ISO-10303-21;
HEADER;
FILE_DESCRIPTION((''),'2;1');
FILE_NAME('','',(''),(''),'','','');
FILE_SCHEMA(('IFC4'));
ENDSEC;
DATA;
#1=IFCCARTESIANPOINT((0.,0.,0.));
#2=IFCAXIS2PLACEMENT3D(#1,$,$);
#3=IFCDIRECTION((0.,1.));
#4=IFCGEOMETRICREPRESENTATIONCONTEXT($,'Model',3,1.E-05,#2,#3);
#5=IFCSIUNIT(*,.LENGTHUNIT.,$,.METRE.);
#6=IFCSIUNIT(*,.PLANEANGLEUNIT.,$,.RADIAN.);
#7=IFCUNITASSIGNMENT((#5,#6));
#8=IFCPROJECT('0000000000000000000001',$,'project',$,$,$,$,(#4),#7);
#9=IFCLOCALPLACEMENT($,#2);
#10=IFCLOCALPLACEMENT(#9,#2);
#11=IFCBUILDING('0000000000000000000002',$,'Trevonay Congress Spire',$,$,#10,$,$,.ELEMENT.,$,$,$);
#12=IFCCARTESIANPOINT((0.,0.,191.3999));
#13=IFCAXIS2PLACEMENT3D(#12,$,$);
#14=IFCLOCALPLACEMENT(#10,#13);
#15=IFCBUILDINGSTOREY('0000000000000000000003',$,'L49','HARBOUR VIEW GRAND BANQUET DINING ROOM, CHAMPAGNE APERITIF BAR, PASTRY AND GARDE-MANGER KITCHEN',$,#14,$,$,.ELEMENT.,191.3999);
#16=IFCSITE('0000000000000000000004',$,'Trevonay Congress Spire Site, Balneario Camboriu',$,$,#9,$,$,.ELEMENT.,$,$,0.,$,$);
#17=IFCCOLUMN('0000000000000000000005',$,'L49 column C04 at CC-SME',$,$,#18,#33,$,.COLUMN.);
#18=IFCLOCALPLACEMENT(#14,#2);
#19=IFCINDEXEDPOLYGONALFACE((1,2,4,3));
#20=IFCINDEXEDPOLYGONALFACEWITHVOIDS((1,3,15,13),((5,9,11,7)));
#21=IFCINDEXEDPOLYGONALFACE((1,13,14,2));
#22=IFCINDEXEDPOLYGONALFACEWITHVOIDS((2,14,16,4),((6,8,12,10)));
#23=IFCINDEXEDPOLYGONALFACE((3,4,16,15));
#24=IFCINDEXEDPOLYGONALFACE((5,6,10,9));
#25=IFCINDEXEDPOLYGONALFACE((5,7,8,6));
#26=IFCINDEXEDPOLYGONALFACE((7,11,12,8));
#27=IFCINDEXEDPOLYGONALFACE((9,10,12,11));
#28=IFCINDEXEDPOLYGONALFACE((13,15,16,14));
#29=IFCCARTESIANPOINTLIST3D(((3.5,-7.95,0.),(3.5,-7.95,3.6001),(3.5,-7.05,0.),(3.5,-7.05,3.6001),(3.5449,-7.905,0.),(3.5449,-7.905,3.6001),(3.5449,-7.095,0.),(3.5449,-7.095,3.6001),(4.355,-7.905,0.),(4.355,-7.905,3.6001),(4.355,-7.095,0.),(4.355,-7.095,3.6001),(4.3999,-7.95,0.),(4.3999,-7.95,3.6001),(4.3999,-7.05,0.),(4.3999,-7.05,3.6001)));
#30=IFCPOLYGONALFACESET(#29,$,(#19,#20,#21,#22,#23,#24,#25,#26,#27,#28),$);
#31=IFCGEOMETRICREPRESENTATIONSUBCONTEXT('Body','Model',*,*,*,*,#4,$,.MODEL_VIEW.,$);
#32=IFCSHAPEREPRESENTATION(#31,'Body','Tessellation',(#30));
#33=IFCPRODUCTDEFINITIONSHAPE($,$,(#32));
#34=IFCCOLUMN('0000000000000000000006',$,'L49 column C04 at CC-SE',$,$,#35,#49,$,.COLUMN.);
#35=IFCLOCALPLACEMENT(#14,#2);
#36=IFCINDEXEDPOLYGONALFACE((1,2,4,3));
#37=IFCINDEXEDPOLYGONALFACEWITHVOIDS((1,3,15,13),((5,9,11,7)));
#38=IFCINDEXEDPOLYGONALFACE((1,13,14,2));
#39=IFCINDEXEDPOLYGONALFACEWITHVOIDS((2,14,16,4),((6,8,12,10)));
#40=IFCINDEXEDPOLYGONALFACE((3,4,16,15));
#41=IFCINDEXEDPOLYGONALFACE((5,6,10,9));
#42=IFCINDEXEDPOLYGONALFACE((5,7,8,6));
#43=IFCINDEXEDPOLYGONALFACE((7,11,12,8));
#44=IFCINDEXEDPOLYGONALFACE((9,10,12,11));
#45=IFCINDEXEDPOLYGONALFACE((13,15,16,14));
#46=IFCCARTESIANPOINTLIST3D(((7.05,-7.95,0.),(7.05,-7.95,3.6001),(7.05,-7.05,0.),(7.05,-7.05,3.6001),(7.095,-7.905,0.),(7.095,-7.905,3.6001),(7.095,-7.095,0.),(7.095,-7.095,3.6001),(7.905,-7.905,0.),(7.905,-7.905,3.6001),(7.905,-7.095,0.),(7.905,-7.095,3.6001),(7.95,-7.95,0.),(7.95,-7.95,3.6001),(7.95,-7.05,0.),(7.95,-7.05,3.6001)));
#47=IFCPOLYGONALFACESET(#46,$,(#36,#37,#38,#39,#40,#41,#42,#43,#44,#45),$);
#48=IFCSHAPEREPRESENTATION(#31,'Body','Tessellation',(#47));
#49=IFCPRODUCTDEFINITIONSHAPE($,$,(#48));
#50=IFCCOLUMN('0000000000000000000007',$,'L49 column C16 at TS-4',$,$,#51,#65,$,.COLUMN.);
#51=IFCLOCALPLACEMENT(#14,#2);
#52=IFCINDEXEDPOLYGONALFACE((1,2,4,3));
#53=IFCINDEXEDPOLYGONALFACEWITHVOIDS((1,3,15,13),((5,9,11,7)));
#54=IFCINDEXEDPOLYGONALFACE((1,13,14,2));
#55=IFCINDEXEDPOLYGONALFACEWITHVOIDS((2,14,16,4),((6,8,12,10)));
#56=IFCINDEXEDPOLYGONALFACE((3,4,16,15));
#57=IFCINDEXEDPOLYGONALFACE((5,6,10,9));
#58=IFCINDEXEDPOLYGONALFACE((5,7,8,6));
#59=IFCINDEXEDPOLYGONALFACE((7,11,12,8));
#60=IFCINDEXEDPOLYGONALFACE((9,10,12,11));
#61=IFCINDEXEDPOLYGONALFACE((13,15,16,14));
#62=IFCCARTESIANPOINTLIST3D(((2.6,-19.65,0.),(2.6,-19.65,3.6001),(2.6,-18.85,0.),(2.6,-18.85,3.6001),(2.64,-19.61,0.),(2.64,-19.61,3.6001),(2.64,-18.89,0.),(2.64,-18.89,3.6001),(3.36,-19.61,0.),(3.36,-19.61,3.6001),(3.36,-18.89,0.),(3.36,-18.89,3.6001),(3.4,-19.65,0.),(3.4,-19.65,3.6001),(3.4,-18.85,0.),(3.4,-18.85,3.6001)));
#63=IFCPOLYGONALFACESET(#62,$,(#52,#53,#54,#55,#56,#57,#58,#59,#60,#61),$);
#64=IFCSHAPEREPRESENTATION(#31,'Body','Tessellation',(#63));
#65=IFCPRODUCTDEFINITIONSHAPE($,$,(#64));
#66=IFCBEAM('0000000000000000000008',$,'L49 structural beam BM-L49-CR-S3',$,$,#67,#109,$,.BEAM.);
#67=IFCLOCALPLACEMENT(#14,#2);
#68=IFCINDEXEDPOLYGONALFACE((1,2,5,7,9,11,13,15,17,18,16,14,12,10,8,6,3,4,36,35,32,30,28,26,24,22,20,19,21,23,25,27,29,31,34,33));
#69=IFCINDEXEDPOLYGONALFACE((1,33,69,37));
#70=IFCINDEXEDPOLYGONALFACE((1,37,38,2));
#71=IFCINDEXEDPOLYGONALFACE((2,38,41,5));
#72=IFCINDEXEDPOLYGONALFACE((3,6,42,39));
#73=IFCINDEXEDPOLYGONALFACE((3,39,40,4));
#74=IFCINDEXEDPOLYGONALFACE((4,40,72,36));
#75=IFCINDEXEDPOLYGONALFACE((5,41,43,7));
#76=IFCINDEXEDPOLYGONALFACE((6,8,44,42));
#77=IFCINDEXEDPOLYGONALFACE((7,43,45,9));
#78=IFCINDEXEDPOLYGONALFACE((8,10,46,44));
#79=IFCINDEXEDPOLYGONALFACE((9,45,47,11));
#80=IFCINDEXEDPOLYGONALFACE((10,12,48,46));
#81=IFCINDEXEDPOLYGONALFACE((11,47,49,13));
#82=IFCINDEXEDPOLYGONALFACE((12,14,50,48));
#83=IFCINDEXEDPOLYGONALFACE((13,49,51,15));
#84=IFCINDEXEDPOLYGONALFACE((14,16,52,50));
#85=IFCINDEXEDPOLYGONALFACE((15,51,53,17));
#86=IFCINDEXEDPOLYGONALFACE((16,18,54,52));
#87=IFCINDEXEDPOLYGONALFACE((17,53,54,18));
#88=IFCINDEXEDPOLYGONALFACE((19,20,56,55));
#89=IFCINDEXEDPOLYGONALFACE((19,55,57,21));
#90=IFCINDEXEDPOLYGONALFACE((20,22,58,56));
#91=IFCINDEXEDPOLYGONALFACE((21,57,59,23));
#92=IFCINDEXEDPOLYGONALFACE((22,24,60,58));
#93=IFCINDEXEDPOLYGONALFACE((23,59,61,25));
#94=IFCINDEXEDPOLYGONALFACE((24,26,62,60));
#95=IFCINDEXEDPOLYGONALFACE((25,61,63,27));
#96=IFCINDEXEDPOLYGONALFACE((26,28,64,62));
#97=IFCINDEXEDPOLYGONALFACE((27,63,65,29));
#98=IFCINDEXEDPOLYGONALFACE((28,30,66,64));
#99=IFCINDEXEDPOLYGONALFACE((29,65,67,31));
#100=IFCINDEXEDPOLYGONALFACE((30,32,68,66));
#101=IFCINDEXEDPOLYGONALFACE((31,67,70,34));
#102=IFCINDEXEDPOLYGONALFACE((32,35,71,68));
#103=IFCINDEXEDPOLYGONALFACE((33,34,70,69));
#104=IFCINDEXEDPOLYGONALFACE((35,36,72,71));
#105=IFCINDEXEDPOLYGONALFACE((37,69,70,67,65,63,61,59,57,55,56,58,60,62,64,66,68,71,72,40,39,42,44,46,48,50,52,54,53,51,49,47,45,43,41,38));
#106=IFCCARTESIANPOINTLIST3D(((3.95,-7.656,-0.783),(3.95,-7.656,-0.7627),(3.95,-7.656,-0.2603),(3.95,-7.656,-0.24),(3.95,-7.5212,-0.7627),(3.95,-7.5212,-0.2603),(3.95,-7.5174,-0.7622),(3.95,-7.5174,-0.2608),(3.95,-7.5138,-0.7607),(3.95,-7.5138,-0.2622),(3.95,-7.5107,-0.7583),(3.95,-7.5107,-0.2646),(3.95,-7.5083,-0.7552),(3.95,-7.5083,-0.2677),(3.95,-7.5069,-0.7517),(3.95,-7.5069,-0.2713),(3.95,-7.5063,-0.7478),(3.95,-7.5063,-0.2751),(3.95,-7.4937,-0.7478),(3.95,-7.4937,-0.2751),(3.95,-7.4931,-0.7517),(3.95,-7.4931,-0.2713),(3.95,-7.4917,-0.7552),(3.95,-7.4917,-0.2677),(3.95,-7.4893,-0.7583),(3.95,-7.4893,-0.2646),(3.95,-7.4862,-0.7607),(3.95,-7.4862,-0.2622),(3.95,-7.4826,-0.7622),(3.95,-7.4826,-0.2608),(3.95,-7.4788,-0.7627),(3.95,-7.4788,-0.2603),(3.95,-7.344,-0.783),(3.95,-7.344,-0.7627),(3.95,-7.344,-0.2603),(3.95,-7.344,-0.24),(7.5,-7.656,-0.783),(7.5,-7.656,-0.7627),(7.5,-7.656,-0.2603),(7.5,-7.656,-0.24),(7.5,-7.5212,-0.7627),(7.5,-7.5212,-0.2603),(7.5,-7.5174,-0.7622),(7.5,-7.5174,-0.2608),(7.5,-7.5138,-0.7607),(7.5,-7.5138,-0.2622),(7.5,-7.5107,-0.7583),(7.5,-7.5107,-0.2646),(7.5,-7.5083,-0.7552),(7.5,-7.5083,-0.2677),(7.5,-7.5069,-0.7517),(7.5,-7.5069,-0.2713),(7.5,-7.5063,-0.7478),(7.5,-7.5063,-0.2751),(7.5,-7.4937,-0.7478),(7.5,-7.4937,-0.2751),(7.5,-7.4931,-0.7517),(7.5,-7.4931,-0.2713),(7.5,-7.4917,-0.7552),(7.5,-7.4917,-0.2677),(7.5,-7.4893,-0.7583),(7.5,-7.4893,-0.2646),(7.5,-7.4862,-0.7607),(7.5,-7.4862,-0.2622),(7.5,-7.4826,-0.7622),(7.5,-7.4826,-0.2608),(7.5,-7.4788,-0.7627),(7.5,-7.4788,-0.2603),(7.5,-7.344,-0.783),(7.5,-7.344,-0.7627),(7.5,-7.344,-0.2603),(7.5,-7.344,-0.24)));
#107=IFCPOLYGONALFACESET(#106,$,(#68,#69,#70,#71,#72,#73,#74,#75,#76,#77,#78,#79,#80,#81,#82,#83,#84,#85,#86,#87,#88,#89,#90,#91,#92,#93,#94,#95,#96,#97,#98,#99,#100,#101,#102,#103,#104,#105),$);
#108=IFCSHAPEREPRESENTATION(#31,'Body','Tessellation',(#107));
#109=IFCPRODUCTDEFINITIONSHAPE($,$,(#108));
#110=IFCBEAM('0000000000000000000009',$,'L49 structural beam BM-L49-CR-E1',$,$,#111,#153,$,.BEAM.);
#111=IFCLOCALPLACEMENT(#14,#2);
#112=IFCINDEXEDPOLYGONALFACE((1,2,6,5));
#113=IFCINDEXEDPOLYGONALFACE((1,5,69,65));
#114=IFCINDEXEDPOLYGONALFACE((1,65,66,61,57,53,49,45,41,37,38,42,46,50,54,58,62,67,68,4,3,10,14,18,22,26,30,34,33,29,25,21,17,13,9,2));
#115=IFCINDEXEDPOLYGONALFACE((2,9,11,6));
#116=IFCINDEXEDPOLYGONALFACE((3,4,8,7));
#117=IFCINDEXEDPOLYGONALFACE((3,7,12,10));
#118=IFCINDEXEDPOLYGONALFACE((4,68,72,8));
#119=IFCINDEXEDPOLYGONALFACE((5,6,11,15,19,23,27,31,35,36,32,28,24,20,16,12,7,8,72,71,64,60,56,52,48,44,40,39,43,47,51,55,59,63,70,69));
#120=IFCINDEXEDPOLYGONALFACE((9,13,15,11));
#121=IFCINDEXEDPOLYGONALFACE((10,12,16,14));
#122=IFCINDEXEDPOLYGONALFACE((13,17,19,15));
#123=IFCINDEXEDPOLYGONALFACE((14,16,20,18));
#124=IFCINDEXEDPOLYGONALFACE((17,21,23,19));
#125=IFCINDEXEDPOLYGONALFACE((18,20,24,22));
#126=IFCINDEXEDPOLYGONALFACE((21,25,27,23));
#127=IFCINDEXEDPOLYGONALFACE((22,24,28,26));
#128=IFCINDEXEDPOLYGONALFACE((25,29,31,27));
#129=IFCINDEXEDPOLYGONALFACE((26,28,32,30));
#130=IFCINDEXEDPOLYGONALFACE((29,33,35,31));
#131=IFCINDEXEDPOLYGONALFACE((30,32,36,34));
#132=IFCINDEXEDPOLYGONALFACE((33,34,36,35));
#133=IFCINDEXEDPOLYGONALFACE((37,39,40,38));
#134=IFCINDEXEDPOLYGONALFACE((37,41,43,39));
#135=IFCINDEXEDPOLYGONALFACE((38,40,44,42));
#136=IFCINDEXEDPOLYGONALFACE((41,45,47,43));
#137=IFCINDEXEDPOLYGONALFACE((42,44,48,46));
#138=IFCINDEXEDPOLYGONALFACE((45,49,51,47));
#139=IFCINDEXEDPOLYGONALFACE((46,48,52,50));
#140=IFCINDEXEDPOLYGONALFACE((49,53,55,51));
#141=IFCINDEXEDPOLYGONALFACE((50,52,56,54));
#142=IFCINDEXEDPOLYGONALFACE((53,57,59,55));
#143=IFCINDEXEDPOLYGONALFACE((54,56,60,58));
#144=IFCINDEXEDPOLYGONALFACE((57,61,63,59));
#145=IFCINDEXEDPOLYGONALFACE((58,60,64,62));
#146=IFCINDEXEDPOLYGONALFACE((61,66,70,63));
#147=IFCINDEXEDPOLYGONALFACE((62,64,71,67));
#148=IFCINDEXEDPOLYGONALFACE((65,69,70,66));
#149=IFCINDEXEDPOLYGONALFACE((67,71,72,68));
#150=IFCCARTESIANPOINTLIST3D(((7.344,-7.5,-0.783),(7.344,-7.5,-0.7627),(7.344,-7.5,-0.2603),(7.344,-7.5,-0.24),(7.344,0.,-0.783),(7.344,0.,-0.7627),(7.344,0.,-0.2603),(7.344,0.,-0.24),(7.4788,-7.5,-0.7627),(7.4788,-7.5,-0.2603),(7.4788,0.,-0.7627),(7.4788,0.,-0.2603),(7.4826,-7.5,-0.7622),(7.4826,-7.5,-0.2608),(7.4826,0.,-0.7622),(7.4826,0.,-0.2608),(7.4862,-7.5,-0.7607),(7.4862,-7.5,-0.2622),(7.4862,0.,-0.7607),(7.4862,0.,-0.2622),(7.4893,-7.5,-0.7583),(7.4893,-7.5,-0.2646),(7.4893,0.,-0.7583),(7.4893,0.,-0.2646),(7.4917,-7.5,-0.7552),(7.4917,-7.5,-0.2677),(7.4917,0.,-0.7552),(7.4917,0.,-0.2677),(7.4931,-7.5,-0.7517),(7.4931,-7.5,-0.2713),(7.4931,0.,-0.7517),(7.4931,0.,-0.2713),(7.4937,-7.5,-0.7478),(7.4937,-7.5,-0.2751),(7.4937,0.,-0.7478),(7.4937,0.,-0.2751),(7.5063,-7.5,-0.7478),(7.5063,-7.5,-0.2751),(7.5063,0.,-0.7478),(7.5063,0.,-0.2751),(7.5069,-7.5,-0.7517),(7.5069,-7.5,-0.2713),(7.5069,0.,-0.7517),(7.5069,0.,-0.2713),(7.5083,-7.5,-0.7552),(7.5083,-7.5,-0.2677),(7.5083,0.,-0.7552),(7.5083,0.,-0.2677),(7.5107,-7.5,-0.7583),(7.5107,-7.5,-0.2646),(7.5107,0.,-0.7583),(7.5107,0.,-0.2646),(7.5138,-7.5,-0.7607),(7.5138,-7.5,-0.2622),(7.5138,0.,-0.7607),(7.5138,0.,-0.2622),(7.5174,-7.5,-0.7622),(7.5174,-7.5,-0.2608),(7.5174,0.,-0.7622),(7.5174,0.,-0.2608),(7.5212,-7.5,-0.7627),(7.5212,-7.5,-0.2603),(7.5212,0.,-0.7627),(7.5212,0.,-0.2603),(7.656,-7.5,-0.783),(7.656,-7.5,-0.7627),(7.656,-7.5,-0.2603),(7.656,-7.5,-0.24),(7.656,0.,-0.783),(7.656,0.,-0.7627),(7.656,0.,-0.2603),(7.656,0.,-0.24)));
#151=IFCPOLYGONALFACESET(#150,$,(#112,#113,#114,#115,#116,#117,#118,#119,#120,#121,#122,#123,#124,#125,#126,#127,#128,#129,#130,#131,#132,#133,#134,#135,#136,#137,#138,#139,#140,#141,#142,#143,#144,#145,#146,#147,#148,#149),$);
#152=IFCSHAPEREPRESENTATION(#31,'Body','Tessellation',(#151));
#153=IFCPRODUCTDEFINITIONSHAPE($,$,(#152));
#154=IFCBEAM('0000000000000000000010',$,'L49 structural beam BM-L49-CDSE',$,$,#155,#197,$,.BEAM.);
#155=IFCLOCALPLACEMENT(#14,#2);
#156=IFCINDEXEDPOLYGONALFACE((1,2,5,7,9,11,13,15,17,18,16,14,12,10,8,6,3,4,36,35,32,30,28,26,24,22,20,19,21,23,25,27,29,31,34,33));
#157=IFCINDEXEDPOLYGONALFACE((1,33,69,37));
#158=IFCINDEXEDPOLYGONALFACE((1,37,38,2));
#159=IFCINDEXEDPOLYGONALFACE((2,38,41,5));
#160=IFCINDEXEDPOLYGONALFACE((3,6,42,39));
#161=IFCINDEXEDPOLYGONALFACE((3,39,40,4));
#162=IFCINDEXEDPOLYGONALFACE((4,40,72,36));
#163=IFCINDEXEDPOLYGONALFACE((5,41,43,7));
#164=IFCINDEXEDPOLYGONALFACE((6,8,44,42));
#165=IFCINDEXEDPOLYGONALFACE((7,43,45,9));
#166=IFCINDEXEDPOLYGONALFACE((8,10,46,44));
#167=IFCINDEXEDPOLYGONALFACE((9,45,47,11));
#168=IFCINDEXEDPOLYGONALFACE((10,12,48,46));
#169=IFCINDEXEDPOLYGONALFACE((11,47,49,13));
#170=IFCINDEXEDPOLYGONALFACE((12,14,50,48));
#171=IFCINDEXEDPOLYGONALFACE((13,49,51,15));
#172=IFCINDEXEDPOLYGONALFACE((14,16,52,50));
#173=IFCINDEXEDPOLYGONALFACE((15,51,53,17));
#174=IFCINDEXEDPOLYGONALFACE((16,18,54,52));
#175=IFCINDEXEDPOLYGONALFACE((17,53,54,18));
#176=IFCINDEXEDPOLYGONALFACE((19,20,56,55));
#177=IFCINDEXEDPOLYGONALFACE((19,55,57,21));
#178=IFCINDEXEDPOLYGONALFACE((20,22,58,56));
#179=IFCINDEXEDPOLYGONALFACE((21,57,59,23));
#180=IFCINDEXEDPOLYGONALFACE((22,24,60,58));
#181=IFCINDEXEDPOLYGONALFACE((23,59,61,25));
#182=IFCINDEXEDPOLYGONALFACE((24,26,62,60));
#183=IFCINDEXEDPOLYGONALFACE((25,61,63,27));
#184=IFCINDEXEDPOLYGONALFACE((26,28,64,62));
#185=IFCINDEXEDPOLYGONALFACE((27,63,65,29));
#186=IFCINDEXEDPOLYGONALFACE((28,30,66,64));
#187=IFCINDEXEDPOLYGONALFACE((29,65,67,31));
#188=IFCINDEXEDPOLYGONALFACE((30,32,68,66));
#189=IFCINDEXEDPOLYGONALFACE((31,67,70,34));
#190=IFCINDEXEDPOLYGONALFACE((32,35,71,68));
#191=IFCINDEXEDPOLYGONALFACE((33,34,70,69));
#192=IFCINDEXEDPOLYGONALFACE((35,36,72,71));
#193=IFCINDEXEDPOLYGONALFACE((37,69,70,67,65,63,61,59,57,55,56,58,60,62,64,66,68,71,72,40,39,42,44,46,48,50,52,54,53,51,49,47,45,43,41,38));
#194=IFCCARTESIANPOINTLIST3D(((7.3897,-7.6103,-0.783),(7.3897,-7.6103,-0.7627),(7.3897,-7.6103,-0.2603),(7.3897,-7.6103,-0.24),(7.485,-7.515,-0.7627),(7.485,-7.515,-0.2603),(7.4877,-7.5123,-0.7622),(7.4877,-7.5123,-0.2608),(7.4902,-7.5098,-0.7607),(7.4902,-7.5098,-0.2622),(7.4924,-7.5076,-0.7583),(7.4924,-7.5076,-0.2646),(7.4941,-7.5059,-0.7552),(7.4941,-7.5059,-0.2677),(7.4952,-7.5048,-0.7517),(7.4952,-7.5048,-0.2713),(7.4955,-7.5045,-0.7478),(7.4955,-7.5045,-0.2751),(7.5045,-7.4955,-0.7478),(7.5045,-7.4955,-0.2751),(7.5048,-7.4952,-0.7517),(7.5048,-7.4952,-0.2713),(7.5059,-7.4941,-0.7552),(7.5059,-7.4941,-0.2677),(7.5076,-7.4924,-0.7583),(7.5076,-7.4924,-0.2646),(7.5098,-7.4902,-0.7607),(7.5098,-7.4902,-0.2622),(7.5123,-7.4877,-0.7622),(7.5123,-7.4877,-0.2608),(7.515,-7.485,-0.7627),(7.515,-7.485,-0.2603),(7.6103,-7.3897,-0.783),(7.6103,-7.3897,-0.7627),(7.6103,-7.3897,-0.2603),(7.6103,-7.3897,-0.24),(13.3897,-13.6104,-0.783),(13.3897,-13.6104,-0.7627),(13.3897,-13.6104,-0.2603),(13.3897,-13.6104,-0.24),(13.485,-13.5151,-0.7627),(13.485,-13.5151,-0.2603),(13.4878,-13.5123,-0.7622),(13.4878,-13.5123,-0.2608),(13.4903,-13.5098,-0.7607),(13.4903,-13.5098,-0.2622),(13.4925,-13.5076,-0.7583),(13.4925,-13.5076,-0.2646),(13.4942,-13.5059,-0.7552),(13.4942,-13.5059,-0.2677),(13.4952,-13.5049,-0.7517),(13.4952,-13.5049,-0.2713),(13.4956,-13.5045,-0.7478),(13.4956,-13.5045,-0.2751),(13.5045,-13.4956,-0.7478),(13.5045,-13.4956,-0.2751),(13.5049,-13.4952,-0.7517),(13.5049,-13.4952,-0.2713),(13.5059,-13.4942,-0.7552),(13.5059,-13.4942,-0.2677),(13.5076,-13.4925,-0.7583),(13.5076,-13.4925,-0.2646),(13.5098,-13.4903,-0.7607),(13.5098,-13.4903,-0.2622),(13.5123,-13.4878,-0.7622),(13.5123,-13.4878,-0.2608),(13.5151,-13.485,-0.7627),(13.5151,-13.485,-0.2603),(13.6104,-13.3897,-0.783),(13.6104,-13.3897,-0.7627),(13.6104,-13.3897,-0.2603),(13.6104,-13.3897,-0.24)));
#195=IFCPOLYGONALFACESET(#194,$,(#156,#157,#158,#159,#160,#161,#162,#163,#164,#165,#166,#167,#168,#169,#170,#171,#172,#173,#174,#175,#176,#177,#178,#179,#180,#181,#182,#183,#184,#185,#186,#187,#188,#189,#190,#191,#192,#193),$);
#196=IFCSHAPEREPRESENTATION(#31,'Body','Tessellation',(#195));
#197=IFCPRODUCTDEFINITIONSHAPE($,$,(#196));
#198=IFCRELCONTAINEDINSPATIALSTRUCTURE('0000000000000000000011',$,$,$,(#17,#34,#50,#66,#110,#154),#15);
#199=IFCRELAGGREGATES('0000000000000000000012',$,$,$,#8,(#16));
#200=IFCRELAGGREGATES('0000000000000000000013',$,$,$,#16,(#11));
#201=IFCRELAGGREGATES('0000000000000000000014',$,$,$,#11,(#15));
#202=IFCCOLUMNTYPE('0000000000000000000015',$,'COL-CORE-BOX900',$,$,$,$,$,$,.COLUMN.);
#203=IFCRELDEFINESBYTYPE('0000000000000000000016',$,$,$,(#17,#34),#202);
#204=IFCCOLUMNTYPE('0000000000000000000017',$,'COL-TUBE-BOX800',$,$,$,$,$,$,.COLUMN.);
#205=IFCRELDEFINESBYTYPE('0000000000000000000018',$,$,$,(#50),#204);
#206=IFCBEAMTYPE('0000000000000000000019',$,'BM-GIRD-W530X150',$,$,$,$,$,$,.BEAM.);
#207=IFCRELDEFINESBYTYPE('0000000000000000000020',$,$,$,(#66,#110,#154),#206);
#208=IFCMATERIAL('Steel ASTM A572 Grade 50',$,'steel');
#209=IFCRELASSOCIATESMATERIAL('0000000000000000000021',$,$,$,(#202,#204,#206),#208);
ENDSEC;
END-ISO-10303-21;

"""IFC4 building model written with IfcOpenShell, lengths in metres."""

from ifc_helpers import new_model, si_unit, direction, frame, origin, origin_2d, place, context, subcontext, project, spatial, hollow_rectangle, i_section, extrude, material, material_profile, profile_set, type_object, element, save


model = new_model("IFC4")

# Units and contexts
model_context = context("Model", 3, precision=1e-05, world=origin(), true_north=direction((0.0, 1.0)))
body_context = subcontext(model_context, "Body", "Model", "MODEL_VIEW")
ifc_project = project(units=[si_unit("LENGTHUNIT", "METRE"), si_unit("PLANEANGLEUNIT", "RADIAN")], contexts=[model_context])

# Site, building, storey
site_placement = place(None, origin())
site = spatial("IfcSite", under=ifc_project, at=site_placement, Name="Trevonay Congress Spire Site, Balneario Camboriu", CompositionType="ELEMENT", RefElevation=0.0)
building_placement = place(site_placement, origin())
building = spatial("IfcBuilding", under=site, at=building_placement, Name="Trevonay Congress Spire", CompositionType="ELEMENT")
storey_placement = place(building_placement, frame((0.0, 0.0, 191.3999)))
storey = spatial("IfcBuildingStorey", under=building, at=storey_placement, Name="L49", Description="HARBOUR VIEW GRAND BANQUET DINING ROOM, CHAMPAGNE APERITIF BAR, PASTRY AND GARDE-MANGER KITCHEN", CompositionType="ELEMENT", Elevation=191.3999)

# Columns
ifc_material_1 = material(Name="Steel ASTM A572 Grade 50", Category="steel")
ifc_material_profile_1 = material_profile(ifc_material_1, hollow_rectangle(XDim=0.8999, YDim=0.8999, WallThickness=0.0449, at=origin_2d()), Name="BOX 900x900x45")
ifc_profile_set_1 = profile_set([ifc_material_profile_1], Name="Steel ASTM A572 Grade 50")
column_type_1 = type_object("IfcColumnType", Name="COL-CORE-BOX900", PredefinedType="COLUMN", material=ifc_profile_set_1)
for number, where, z_axis, x_axis, name in (
    (1, (3.95, -7.5, 0.0), (0.0, 0.0, 1.0), (1.0, 0.0, 0.0), "L49 column C04 at CC-SME"),
    (2, (7.5, -7.5, 0.0), (0.0, 0.0, 1.0), (1.0, 0.0, 0.0), "L49 column C04 at CC-SE"),
):
    element("IfcColumn", number, at=place(storey_placement, frame(where, z_axis=z_axis, x_axis=x_axis)), inside=storey, type_object=column_type_1, Name=name, PredefinedType="COLUMN", context=body_context, shape_type="SweptSolid", body=[
        extrude(hollow_rectangle(XDim=0.8999, YDim=0.8999, WallThickness=0.0449, at=origin_2d()), origin(), (0.0, 0.0, 1.0), 3.6001),
    ])
ifc_material_profile_2 = material_profile(ifc_material_1, hollow_rectangle(XDim=0.8, YDim=0.8, WallThickness=0.04, at=origin_2d()), Name="BOX 800x800x40")
ifc_profile_set_2 = profile_set([ifc_material_profile_2], Name="Steel ASTM A572 Grade 50")
column_type_2 = type_object("IfcColumnType", Name="COL-TUBE-BOX800", PredefinedType="COLUMN", material=ifc_profile_set_2)
column_placement = place(storey_placement, frame((3.0, -19.25, 0.0), z_axis=(0.0, 0.0, 1.0), x_axis=(1.0, 0.0, 0.0)))
element("IfcColumn", 3, at=column_placement, inside=storey, type_object=column_type_2, Name="L49 column C16 at TS-4", PredefinedType="COLUMN", context=body_context, shape_type="SweptSolid", body=[
    extrude(hollow_rectangle(XDim=0.8, YDim=0.8, WallThickness=0.04, at=origin_2d()), origin(), (0.0, 0.0, 1.0), 3.6001),
])

# Beams
ifc_material_profile_3 = material_profile(ifc_material_1, i_section(OverallWidth=0.312, OverallDepth=0.543, WebThickness=0.0127, FlangeThickness=0.0203, FilletRadius=0.0149, at=origin_2d()), Name="W530x150")
ifc_profile_set_3 = profile_set([ifc_material_profile_3], Name="Steel ASTM A572 Grade 50")
beam_type_1 = type_object("IfcBeamType", Name="BM-GIRD-W530X150", PredefinedType="BEAM", material=ifc_profile_set_3)
beam_1_placement = place(storey_placement, frame((3.95, -7.5, -0.5115), z_axis=(1.0, 0.0, 0.0), x_axis=(0.0, 1.0, 0.0)))
element("IfcBeam", 4, at=beam_1_placement, inside=storey, type_object=beam_type_1, Name="L49 structural beam BM-L49-CR-S3", PredefinedType="BEAM", context=body_context, shape_type="SweptSolid", body=[
    extrude(i_section(OverallWidth=0.312, OverallDepth=0.543, WebThickness=0.0127, FlangeThickness=0.0203, FilletRadius=0.0149, at=origin_2d()), origin(), (0.0, 0.0, 1.0), 3.55),
])
beam_2_placement = place(storey_placement, frame((7.5, -7.5, -0.5115), z_axis=(0.0, 1.0, 0.0), x_axis=(-1.0, 0.0, 0.0)))
element("IfcBeam", 5, at=beam_2_placement, inside=storey, type_object=beam_type_1, Name="L49 structural beam BM-L49-CR-E1", PredefinedType="BEAM", context=body_context, shape_type="SweptSolid", body=[
    extrude(i_section(OverallWidth=0.312, OverallDepth=0.543, WebThickness=0.0127, FlangeThickness=0.0203, FilletRadius=0.0149, at=origin_2d()), origin(), (0.0, 0.0, 1.0), 7.5),
])
beam_3_placement = place(storey_placement, frame((7.5, -7.5, -0.5115), z_axis=(0.707107, -0.707107, 0.0), x_axis=(0.707107, 0.707107, 0.0)))
element("IfcBeam", 6, at=beam_3_placement, inside=storey, type_object=beam_type_1, Name="L49 structural beam BM-L49-CDSE", PredefinedType="BEAM", context=body_context, shape_type="SweptSolid", body=[
    extrude(i_section(OverallWidth=0.312, OverallDepth=0.543, WebThickness=0.0127, FlangeThickness=0.0203, FilletRadius=0.0149, at=origin_2d()), origin(), (0.0, 0.0, 1.0), 8.4854),
])

save(model, "model.ifc")
